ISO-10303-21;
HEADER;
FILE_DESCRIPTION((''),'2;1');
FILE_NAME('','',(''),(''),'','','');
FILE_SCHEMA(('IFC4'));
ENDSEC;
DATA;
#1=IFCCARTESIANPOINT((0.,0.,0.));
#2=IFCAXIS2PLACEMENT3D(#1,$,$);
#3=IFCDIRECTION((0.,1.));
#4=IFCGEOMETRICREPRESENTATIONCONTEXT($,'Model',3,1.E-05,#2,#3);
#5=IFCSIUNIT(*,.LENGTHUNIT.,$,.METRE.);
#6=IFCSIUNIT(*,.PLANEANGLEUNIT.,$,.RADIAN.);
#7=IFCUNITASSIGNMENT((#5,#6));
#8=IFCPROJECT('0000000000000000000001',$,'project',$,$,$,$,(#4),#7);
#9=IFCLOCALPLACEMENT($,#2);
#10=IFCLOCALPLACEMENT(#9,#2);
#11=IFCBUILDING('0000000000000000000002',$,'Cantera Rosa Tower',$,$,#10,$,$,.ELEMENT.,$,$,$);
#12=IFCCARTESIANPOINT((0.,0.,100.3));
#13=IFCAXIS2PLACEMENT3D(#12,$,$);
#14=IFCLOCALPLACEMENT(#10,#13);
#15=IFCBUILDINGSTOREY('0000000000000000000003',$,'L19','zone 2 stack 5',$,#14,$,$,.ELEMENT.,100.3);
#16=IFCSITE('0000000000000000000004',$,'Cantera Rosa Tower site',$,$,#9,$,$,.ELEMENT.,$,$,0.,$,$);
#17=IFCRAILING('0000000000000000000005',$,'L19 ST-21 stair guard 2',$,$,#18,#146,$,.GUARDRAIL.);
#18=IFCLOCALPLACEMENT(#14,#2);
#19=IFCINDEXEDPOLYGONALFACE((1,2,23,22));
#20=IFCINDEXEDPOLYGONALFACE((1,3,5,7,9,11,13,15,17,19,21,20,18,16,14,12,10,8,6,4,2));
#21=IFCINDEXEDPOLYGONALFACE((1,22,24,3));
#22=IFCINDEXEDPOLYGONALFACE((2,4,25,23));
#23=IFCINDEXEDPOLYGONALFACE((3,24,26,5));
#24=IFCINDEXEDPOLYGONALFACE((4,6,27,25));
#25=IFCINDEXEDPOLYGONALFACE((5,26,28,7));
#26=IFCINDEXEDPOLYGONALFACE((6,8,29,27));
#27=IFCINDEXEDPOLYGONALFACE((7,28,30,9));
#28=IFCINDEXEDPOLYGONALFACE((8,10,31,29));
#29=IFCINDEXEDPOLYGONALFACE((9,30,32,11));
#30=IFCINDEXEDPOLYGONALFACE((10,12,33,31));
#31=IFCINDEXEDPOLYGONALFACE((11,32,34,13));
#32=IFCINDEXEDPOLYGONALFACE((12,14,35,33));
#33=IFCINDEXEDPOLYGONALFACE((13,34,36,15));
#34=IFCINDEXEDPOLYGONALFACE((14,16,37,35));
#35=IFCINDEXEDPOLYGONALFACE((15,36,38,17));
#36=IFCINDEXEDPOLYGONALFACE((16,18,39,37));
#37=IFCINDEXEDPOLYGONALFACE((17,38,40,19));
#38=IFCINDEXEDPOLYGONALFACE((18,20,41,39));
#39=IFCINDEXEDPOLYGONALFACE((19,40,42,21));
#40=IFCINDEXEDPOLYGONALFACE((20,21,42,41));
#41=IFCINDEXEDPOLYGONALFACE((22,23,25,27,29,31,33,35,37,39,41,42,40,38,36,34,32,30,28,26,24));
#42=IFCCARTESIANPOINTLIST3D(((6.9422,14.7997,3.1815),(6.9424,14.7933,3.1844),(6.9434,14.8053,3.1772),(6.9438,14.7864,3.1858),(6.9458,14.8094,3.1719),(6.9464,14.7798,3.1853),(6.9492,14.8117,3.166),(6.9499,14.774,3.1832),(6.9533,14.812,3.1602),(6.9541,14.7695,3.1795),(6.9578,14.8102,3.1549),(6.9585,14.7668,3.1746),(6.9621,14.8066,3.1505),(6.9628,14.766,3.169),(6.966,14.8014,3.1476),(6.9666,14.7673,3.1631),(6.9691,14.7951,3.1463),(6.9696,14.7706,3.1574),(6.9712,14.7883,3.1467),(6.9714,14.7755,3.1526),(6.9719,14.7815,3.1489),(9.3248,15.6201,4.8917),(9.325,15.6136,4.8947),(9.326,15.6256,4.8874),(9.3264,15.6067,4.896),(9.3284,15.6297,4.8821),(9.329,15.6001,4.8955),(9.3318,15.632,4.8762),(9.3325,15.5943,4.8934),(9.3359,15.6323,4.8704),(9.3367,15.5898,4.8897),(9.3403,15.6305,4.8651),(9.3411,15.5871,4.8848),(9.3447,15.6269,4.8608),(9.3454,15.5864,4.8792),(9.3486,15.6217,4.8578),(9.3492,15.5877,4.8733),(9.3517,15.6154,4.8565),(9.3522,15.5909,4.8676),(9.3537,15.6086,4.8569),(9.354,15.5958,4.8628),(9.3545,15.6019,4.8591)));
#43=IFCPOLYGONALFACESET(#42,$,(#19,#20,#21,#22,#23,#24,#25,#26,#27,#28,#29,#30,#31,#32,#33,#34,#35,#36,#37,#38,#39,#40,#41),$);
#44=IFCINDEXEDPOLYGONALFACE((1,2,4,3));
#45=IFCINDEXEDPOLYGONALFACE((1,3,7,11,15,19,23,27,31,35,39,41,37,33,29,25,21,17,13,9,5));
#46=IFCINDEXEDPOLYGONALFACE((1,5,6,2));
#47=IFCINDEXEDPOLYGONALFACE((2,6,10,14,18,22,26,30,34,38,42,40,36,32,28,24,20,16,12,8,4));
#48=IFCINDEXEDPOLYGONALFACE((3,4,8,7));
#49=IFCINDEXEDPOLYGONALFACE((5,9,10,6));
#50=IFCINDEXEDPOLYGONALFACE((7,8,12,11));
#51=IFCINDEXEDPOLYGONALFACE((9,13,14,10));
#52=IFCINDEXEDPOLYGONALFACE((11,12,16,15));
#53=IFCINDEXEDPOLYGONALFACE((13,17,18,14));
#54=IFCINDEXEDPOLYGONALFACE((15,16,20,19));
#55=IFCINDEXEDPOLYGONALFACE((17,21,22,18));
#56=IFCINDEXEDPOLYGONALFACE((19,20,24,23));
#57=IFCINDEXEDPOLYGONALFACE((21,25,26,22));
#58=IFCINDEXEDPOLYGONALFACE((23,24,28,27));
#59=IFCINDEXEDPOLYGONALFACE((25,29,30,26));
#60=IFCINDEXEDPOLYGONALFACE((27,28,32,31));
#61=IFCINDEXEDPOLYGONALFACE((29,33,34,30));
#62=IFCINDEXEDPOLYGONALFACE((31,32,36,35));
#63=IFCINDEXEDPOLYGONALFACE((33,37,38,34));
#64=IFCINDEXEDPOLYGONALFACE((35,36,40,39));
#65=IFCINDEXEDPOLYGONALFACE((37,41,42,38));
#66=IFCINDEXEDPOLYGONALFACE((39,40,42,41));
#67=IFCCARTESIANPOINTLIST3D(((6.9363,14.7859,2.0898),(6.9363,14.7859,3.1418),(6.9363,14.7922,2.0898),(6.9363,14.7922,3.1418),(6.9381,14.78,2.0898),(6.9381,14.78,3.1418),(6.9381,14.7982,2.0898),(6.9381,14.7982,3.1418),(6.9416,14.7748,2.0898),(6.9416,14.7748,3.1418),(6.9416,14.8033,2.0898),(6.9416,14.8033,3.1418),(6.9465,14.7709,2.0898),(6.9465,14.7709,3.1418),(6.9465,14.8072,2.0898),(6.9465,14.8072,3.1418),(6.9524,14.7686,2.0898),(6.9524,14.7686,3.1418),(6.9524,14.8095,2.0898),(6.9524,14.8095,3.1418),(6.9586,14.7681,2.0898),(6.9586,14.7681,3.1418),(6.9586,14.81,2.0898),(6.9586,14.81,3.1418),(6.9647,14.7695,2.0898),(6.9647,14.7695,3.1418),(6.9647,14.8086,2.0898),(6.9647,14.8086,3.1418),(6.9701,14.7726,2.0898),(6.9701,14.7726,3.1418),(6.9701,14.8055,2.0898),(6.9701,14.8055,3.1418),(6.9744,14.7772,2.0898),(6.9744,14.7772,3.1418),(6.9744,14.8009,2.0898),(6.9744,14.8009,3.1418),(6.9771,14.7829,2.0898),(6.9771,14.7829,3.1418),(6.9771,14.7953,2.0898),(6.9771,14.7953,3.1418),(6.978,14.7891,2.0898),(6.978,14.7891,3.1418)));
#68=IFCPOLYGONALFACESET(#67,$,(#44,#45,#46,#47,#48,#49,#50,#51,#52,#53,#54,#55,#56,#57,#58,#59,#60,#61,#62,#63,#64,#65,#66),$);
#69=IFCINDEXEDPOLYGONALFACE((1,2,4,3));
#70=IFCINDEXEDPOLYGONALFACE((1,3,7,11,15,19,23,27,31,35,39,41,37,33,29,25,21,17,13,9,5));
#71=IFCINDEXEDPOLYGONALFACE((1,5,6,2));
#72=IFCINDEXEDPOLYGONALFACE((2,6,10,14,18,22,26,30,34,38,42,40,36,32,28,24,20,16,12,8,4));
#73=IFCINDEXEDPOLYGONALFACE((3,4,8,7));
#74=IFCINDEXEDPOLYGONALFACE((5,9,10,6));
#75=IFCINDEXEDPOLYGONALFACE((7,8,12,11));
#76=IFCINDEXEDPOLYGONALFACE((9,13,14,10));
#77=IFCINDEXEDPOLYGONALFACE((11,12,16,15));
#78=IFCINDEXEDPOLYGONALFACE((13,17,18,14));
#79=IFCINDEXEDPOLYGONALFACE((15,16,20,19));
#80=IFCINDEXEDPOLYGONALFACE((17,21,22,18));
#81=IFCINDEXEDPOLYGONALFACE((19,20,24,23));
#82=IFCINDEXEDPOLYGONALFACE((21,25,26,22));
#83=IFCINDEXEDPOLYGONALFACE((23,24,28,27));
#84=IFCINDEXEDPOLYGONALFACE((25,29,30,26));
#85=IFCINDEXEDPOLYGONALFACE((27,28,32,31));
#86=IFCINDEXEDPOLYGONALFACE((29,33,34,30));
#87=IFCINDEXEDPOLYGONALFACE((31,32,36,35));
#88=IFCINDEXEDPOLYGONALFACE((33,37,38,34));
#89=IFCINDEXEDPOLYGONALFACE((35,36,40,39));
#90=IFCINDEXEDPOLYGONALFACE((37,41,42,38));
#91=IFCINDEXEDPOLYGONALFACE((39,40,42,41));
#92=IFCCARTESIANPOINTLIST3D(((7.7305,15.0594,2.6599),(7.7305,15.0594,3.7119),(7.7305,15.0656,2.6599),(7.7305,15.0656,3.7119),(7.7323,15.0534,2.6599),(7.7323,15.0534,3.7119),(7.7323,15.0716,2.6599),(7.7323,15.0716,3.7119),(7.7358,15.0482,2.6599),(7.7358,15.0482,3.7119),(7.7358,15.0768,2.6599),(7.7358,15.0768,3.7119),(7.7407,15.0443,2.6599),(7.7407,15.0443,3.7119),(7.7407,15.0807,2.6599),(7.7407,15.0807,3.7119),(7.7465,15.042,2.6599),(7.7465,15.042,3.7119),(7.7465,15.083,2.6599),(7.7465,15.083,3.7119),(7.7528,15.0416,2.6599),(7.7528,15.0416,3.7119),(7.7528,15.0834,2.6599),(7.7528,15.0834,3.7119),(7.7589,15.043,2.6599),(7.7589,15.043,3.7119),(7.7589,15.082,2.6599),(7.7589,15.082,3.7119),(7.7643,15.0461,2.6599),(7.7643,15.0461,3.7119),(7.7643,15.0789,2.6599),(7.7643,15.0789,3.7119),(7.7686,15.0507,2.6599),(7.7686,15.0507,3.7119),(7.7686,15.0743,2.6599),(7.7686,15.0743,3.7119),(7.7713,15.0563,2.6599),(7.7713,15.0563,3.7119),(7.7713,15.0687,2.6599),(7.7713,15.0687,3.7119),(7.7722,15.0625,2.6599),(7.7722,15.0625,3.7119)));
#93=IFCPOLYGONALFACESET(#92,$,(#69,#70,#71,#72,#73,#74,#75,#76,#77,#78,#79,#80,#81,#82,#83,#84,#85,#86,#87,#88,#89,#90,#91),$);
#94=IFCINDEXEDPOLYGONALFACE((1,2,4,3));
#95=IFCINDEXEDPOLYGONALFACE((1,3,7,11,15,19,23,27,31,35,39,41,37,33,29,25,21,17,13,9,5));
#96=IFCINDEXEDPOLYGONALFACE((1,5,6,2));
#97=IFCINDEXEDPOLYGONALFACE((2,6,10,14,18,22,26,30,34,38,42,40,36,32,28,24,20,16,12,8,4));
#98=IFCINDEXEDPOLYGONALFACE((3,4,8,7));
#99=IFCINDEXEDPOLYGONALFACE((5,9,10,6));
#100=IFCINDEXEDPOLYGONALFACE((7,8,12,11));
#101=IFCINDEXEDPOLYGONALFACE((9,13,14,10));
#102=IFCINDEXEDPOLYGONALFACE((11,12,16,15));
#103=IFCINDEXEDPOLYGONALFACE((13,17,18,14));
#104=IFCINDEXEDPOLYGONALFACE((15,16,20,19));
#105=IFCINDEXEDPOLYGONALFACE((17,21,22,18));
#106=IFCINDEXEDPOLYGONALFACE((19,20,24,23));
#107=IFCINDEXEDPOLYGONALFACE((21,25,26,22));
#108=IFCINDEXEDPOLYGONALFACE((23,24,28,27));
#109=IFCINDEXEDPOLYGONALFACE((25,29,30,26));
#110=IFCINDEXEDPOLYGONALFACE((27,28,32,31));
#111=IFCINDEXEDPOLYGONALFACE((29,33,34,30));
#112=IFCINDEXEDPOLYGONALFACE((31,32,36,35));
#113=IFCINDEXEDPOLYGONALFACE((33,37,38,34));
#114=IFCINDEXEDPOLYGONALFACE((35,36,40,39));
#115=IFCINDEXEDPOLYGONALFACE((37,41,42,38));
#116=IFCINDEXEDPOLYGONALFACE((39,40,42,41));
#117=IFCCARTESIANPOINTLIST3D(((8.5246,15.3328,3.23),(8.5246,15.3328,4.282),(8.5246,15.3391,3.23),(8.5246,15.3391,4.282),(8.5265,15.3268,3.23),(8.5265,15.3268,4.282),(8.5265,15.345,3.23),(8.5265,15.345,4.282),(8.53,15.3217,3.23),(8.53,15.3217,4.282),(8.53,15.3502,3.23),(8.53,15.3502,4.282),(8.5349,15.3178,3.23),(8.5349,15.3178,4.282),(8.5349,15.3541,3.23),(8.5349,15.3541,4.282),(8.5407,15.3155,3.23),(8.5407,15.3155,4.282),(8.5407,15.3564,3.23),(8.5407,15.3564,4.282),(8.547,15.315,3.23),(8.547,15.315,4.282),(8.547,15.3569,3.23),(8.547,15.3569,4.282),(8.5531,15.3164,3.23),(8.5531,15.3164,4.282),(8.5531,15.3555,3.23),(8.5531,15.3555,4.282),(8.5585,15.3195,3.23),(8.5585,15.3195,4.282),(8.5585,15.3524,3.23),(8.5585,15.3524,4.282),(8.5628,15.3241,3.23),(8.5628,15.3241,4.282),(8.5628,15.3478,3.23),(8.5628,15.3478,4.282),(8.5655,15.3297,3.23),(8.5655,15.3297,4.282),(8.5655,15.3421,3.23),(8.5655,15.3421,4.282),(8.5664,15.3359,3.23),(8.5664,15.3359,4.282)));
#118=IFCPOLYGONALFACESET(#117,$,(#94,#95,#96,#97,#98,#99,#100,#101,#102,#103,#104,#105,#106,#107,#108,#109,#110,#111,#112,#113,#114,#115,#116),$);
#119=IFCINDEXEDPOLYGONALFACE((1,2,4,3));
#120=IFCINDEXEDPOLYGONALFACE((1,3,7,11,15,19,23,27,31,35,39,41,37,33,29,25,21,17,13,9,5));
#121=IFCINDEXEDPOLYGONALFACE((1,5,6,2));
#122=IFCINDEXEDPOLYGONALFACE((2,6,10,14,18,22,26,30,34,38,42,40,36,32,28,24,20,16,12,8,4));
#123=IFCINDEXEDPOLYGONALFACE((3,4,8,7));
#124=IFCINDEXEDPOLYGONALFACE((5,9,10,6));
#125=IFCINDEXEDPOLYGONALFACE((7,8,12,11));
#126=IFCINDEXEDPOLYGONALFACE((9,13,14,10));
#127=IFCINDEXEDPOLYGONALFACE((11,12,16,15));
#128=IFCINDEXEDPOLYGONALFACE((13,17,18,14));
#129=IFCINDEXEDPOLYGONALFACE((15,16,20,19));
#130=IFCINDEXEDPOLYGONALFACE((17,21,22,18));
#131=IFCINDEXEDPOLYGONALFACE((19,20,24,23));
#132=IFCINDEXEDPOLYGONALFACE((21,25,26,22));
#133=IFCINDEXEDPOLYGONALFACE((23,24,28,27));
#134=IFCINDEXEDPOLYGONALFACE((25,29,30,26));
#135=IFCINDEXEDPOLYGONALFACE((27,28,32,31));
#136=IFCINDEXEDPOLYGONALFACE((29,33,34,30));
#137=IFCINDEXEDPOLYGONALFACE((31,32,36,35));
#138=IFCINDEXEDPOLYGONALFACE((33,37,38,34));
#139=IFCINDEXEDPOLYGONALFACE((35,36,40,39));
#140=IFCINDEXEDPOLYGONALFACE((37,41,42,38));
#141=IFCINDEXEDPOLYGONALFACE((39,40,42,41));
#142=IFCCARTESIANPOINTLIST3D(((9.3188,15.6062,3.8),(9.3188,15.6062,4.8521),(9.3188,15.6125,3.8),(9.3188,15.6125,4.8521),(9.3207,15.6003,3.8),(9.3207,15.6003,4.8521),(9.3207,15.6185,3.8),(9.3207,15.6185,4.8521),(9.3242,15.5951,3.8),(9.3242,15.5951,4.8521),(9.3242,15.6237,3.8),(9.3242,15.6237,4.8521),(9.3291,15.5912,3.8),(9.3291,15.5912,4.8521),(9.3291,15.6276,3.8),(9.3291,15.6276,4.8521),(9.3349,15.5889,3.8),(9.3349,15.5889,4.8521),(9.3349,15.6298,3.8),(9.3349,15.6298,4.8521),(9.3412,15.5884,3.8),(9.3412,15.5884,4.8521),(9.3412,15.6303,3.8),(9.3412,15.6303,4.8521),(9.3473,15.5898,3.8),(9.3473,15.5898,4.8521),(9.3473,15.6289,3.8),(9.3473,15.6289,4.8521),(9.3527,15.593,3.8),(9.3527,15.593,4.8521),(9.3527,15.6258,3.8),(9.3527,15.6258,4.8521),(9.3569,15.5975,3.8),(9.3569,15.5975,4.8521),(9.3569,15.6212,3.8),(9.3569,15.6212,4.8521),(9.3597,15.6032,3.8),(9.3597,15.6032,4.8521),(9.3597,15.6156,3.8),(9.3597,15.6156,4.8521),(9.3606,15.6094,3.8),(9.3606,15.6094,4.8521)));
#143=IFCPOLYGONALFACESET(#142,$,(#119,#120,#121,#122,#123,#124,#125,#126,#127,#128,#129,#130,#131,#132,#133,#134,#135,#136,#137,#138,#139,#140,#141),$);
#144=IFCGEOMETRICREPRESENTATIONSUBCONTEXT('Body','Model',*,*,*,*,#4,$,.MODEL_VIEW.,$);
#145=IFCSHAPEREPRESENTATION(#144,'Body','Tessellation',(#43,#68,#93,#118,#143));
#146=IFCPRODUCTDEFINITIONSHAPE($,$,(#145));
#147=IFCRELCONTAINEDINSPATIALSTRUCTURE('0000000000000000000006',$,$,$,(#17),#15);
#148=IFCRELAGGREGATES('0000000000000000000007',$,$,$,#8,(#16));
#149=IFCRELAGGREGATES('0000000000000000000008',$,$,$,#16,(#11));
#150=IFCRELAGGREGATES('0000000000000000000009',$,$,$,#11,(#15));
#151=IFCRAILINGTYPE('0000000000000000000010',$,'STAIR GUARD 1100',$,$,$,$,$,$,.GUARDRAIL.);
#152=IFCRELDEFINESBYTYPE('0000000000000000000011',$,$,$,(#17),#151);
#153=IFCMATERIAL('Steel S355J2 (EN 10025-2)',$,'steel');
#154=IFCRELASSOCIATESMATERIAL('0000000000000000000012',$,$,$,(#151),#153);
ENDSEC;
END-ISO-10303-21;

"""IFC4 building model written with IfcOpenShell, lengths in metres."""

from ifc_helpers import new_model, si_unit, direction, frame, origin, origin_2d, place, context, subcontext, project, spatial, circle, extrude, material, type_object, element, save


model = new_model("IFC4")

# Units and contexts
model_context = context("Model", 3, precision=1e-05, world=origin(), true_north=direction((0.0, 1.0)))
body_context = subcontext(model_context, "Body", "Model", "MODEL_VIEW")
ifc_project = project(units=[si_unit("LENGTHUNIT", "METRE"), si_unit("PLANEANGLEUNIT", "RADIAN")], contexts=[model_context])

# Site, building, storey
site_placement = place(None, origin())
site = spatial("IfcSite", under=ifc_project, at=site_placement, Name="Cantera Rosa Tower site", CompositionType="ELEMENT", RefElevation=0.0)
building_placement = place(site_placement, origin())
building = spatial("IfcBuilding", under=site, at=building_placement, Name="Cantera Rosa Tower", CompositionType="ELEMENT")
storey_placement = place(building_placement, frame((0.0, 0.0, 100.3)))
storey = spatial("IfcBuildingStorey", under=building, at=storey_placement, Name="L19", Description="zone 2 stack 5", CompositionType="ELEMENT", Elevation=100.3)

# Railing
ifc_material_1 = material(Name="Steel S355J2 (EN 10025-2)", Category="steel")
railing_type_1 = type_object("IfcRailingType", Name="STAIR GUARD 1100", PredefinedType="GUARDRAIL", material=ifc_material_1)
railing_1_placement = place(storey_placement, frame((6.957, 14.7891, 2.0898)))
element("IfcRailing", 1, at=railing_1_placement, inside=storey, type_object=railing_type_1, Name="L19 ST-21 stair guard 2", PredefinedType="GUARDRAIL", context=body_context, shape_type="SweptSolid", body=[
    extrude(circle(Radius=0.0239, at=origin_2d()), frame((0.0, 0.0, 1.0762), z_axis=(0.782355, 0.269363, 0.561573), x_axis=(-0.325543, 0.945527, 0.0)), (0.0, 0.0, 1.0), 3.0454),
    extrude(circle(Radius=0.021, at=origin_2d()), origin(), (0.0, 0.0, 1.0), 1.052),
    extrude(circle(Radius=0.021, at=origin_2d()), frame((0.7942, 0.2734, 0.5701)), (0.0, 0.0, 1.0), 1.052),
    extrude(circle(Radius=0.021, at=origin_2d()), frame((1.5884, 0.5469, 1.1401)), (0.0, 0.0, 1.0), 1.052),
    extrude(circle(Radius=0.021, at=origin_2d()), frame((2.3826, 0.8203, 1.7102)), (0.0, 0.0, 1.0), 1.052),
])

save(model, "model.ifc")
